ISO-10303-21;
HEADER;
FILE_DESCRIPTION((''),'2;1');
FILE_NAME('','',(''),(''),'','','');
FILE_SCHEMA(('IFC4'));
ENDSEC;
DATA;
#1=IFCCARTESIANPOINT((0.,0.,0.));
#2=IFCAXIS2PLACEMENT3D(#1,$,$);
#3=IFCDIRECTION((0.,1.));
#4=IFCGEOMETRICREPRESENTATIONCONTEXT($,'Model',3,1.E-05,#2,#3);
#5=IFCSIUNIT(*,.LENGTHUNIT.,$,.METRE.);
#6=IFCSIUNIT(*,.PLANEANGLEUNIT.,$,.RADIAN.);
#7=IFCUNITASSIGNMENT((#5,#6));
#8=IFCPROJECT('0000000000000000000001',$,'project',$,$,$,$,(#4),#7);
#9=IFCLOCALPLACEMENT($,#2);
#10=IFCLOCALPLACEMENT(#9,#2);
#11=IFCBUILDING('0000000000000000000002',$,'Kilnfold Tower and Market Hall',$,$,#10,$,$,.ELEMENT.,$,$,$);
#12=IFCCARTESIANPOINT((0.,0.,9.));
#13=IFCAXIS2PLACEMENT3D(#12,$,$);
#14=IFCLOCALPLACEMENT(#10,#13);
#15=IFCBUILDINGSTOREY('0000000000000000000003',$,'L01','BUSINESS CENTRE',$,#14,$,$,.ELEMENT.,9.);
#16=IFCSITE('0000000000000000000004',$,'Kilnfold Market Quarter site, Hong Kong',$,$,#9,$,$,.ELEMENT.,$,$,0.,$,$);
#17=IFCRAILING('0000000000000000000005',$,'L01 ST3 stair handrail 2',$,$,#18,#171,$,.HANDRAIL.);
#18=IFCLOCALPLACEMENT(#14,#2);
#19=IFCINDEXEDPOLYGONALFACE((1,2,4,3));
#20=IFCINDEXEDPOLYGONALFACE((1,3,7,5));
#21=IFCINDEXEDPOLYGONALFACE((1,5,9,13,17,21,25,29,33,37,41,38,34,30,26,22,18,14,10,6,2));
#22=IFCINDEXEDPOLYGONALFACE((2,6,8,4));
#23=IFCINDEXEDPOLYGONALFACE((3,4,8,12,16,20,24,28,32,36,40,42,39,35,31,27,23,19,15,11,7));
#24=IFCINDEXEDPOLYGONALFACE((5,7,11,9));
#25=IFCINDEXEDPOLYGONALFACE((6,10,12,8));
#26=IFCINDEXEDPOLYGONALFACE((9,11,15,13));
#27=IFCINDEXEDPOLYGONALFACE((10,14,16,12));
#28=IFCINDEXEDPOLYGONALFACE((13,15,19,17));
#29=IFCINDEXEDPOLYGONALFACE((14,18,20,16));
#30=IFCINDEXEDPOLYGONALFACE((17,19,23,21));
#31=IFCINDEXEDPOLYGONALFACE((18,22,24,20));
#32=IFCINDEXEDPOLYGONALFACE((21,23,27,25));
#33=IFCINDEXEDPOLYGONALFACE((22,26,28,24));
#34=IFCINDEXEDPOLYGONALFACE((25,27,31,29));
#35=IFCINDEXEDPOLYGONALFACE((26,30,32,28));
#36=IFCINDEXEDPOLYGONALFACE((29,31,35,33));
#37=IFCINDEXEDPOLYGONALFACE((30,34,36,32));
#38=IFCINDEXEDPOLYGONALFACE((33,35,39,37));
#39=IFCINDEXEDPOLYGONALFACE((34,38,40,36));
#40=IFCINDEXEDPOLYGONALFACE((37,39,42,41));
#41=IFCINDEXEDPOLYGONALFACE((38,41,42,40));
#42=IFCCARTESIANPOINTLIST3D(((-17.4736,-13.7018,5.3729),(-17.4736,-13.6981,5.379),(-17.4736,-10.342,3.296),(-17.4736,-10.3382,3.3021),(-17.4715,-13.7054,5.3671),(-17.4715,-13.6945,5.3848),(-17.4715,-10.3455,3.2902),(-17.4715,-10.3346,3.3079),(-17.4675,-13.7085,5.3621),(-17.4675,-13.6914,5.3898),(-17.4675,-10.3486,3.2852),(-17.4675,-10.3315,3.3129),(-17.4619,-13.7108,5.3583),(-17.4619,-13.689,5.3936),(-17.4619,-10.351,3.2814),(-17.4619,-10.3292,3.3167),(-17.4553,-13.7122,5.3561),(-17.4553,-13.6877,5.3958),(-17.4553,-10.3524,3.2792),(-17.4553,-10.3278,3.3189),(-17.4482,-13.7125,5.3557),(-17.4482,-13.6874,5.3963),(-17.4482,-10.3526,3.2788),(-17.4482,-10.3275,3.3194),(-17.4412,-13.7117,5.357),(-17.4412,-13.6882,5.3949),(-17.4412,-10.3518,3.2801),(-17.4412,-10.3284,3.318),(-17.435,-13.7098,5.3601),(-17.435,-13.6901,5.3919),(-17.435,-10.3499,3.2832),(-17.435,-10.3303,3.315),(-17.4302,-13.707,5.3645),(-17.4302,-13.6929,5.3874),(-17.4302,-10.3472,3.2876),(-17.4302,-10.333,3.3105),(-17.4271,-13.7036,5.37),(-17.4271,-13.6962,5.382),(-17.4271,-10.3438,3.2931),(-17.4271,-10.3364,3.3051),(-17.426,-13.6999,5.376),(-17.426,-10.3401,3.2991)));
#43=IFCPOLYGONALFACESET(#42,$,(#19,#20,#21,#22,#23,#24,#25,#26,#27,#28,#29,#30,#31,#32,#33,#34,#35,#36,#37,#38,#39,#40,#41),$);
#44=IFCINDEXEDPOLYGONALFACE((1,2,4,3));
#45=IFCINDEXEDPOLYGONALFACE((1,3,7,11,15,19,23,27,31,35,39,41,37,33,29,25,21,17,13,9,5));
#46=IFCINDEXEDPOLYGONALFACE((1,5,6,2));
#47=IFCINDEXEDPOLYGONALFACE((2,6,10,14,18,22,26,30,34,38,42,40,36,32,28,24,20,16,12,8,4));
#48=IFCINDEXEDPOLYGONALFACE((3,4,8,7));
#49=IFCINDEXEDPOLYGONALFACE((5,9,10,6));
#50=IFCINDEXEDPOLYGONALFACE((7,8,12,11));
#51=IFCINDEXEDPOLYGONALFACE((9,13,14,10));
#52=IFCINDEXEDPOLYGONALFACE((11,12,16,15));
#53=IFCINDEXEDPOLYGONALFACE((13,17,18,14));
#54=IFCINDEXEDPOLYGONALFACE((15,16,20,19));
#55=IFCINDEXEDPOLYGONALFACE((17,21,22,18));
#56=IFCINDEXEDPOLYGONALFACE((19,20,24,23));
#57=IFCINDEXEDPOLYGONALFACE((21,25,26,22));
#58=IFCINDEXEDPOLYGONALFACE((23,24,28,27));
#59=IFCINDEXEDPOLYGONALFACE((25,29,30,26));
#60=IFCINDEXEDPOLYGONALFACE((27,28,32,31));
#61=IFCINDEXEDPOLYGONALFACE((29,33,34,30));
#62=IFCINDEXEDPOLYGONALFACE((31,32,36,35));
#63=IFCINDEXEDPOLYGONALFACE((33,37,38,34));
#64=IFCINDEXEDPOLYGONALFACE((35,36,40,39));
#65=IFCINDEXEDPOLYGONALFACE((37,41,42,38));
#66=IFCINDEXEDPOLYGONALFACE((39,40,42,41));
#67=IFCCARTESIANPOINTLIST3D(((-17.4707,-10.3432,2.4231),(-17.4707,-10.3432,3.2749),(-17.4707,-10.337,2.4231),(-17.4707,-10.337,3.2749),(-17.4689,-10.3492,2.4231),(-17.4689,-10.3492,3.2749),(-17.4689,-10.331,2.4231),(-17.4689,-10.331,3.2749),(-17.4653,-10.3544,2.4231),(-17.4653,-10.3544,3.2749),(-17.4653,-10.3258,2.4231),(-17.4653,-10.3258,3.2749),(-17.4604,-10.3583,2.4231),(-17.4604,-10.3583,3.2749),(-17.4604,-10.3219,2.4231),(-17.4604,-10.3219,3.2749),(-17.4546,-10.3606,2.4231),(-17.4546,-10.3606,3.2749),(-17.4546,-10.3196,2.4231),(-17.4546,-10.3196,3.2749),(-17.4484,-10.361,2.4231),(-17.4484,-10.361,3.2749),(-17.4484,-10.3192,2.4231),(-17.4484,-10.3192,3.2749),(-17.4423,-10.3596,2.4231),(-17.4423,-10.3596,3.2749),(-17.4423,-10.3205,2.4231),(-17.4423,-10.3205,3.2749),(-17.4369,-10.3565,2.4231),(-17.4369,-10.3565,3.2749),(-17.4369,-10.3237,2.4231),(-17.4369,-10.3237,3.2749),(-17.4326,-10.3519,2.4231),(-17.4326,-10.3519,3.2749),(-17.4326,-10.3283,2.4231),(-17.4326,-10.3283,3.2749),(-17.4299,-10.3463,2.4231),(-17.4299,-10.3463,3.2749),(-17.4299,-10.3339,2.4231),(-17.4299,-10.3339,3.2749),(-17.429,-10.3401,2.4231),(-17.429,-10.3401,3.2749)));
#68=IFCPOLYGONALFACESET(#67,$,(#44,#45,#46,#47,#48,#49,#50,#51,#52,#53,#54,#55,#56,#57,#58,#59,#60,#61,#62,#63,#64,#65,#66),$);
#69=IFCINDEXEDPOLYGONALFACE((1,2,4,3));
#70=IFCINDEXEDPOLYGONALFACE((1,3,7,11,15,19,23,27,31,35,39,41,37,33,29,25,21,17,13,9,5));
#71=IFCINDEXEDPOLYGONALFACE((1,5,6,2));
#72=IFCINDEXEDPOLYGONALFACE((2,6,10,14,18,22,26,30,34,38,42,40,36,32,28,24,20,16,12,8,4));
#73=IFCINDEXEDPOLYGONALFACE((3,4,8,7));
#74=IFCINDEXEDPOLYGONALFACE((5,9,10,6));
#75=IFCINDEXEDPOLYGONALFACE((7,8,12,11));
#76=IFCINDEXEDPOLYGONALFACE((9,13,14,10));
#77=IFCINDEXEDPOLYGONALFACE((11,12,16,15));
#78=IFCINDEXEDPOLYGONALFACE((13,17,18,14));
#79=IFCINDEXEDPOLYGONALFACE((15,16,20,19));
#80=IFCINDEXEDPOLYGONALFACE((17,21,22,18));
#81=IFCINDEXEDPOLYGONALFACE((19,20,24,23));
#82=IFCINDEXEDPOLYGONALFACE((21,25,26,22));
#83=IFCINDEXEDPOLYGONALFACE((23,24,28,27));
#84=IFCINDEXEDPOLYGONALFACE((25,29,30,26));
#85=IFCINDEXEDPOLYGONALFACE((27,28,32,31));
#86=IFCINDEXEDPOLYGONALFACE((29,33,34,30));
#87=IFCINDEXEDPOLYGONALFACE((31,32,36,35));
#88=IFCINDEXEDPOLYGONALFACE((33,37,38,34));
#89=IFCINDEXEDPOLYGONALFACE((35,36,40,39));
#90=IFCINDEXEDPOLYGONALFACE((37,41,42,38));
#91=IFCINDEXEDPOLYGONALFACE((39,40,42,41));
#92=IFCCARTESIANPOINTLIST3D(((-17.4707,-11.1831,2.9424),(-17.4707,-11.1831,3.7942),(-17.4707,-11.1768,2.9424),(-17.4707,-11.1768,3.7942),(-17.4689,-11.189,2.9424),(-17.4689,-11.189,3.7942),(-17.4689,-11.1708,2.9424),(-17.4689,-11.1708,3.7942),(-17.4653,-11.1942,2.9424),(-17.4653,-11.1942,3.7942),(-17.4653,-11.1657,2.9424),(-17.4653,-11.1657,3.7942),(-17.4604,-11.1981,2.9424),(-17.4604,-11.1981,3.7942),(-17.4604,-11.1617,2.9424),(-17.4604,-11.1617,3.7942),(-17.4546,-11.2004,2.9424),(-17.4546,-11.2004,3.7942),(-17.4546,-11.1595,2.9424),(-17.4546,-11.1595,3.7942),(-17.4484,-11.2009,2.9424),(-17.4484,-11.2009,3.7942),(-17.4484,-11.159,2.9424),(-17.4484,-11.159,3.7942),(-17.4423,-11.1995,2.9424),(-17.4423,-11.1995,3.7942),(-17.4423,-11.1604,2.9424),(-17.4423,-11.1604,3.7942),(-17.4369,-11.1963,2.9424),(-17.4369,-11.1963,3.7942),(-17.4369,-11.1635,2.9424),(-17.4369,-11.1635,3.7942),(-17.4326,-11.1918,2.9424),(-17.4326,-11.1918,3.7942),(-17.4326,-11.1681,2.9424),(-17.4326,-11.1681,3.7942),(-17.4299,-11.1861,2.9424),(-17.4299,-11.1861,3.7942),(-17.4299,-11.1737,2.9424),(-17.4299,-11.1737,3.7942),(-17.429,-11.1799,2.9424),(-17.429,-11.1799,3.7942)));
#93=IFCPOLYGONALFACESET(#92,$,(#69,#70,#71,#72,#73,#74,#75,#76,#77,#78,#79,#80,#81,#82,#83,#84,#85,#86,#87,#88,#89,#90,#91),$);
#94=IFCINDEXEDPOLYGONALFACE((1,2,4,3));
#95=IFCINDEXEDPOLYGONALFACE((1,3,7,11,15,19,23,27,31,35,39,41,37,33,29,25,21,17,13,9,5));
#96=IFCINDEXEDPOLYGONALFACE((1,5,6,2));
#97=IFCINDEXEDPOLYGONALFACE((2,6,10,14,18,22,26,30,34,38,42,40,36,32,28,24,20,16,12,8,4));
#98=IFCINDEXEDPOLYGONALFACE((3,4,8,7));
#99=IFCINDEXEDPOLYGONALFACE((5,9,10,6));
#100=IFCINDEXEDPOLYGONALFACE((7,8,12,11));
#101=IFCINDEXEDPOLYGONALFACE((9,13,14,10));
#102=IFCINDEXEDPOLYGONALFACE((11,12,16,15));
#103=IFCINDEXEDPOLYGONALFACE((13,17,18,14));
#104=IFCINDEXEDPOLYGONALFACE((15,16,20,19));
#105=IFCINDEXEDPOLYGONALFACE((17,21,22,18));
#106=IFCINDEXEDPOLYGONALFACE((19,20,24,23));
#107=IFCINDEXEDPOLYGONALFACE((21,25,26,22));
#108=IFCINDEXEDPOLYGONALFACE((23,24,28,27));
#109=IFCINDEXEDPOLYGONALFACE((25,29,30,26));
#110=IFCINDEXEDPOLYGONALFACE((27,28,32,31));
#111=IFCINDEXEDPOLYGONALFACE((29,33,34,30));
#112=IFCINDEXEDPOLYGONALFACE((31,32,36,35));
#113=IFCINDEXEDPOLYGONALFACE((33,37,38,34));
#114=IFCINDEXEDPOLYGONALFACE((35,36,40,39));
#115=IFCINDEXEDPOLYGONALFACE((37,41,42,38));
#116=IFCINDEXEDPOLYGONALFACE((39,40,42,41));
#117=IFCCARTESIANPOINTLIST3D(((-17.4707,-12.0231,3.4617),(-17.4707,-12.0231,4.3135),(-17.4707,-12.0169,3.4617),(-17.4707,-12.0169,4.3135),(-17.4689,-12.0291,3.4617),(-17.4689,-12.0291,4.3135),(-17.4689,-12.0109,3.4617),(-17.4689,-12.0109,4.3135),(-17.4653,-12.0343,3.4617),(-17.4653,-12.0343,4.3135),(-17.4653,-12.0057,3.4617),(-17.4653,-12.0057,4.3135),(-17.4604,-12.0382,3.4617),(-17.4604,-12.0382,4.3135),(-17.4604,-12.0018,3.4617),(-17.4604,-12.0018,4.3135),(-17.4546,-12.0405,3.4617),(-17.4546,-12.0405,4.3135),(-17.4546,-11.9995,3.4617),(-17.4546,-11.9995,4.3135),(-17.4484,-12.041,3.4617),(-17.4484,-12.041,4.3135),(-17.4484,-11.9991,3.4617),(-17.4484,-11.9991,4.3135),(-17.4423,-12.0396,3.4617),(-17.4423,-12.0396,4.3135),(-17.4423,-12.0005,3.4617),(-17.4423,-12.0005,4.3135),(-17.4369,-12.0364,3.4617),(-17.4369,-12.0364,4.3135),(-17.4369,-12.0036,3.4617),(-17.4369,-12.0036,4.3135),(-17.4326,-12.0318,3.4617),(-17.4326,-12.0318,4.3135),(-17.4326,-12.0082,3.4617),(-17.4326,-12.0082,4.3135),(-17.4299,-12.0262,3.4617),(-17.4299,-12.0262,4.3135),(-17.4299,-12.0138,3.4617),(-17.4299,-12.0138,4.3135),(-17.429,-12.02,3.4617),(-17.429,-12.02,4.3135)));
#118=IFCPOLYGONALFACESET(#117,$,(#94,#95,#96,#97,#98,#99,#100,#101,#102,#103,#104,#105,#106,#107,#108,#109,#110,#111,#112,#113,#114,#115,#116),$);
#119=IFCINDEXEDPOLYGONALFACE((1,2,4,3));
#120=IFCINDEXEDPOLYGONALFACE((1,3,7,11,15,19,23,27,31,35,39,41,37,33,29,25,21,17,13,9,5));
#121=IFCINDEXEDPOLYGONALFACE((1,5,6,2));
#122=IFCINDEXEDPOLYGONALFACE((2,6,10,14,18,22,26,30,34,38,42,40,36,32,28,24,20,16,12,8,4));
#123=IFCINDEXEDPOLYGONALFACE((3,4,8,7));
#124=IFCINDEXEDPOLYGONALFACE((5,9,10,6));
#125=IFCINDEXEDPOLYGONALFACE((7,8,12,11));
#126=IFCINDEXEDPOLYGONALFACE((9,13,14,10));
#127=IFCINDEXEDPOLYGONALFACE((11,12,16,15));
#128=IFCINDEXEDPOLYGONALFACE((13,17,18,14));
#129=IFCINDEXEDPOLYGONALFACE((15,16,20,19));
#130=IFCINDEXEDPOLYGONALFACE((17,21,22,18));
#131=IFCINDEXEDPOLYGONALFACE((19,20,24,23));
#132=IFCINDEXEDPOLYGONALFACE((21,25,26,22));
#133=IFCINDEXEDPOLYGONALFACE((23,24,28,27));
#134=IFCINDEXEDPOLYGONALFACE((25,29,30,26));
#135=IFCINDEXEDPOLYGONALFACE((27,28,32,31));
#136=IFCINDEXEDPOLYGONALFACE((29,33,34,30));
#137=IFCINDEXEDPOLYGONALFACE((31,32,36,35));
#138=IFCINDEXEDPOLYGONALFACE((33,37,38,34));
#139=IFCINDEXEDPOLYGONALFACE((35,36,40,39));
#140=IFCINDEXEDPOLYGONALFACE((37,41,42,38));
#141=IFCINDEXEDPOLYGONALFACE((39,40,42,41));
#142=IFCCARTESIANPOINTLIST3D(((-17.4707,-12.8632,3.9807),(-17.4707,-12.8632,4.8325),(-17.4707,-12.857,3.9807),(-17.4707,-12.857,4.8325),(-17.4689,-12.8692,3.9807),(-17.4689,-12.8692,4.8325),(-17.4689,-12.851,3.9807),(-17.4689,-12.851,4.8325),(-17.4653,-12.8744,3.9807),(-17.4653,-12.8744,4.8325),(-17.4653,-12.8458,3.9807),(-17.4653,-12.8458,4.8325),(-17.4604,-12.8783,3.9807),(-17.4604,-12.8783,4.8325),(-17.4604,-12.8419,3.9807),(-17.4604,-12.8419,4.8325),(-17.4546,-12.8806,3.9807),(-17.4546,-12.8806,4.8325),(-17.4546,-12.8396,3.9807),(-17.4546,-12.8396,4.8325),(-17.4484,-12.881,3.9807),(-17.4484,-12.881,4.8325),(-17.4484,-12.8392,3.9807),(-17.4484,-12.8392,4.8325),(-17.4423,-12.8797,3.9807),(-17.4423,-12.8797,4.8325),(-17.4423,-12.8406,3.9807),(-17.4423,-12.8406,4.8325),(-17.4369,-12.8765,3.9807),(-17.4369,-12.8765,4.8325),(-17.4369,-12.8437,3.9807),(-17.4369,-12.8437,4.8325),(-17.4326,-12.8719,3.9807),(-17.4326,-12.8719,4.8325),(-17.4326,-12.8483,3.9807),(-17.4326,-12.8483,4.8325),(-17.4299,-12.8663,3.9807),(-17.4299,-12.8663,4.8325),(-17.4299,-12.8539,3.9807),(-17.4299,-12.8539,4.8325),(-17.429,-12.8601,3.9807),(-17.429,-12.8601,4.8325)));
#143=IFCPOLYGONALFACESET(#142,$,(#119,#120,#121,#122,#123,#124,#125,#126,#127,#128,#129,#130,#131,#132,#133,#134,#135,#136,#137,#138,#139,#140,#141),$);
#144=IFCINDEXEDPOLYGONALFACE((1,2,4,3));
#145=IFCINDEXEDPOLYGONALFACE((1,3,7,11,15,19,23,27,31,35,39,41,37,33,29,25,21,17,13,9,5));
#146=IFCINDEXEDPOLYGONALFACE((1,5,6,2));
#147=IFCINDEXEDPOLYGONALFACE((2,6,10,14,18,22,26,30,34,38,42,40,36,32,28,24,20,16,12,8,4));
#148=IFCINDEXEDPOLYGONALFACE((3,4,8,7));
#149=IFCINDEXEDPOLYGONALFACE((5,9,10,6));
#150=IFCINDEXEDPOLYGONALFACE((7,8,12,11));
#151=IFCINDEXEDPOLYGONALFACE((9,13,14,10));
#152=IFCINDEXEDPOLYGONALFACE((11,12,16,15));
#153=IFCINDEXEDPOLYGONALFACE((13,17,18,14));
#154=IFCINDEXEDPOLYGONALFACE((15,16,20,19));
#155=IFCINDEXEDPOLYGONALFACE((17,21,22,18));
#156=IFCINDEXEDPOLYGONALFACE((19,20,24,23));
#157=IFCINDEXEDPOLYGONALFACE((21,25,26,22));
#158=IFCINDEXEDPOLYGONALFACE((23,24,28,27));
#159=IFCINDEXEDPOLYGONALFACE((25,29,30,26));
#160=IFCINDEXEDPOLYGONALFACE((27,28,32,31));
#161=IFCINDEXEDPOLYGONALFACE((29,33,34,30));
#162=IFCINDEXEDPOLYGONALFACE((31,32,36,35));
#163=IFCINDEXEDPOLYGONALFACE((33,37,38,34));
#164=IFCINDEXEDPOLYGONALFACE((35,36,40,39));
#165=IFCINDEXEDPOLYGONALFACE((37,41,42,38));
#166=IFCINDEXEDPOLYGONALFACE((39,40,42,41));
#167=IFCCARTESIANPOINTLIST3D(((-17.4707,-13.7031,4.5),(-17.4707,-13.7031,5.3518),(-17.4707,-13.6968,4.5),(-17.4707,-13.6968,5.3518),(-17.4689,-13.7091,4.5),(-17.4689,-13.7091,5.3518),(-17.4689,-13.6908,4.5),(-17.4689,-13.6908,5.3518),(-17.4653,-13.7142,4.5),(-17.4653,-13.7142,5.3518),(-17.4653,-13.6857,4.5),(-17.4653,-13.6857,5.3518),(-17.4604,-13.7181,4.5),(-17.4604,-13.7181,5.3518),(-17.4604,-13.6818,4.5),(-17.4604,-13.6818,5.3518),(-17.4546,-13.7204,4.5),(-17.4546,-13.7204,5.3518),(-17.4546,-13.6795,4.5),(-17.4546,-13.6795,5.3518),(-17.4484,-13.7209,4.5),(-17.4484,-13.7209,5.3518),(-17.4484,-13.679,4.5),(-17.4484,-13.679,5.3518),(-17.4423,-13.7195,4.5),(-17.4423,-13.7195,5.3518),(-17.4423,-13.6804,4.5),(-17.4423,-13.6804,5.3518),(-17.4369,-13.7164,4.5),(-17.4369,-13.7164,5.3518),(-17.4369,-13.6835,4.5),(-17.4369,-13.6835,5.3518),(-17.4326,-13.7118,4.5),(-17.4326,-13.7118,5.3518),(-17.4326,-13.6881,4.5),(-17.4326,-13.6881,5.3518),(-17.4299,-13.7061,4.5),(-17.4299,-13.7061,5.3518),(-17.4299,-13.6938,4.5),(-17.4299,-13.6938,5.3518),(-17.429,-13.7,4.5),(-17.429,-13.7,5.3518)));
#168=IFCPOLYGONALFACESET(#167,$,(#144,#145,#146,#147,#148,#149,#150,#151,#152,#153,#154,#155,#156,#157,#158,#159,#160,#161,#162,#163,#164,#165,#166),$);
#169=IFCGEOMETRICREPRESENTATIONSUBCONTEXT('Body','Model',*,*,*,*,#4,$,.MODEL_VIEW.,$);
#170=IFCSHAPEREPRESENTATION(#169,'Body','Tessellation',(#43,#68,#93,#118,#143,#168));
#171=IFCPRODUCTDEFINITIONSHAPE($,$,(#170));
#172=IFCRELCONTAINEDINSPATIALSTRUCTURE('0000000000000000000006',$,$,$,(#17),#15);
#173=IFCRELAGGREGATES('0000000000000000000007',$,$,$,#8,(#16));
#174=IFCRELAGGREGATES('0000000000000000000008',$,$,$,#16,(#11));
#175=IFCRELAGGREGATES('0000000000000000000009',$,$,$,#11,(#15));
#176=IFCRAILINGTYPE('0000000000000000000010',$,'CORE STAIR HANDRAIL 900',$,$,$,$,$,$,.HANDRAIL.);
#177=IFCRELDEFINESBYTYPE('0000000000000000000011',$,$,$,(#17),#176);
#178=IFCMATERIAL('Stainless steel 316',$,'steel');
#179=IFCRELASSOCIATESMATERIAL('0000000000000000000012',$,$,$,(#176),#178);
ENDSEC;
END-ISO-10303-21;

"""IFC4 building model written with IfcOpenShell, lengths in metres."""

from ifc_helpers import new_model, si_unit, direction, frame, origin, origin_2d, place, context, subcontext, project, spatial, circle, extrude, material, type_object, element, save


model = new_model("IFC4")

# Units and contexts
model_context = context("Model", 3, precision=1e-05, world=origin(), true_north=direction((0.0, 1.0)))
body_context = subcontext(model_context, "Body", "Model", "MODEL_VIEW")
ifc_project = project(units=[si_unit("LENGTHUNIT", "METRE"), si_unit("PLANEANGLEUNIT", "RADIAN")], contexts=[model_context])

# Site, building, storey
site_placement = place(None, origin())
site = spatial("IfcSite", under=ifc_project, at=site_placement, Name="Kilnfold Market Quarter site, Hong Kong", CompositionType="ELEMENT", RefElevation=0.0)
building_placement = place(site_placement, origin())
building = spatial("IfcBuilding", under=site, at=building_placement, Name="Kilnfold Tower and Market Hall", CompositionType="ELEMENT")
storey_placement = place(building_placement, frame((0.0, 0.0, 9.0)))
storey = spatial("IfcBuildingStorey", under=building, at=storey_placement, Name="L01", Description="BUSINESS CENTRE", CompositionType="ELEMENT", Elevation=9.0)

# Railing
ifc_material_1 = material(Name="Stainless steel 316", Category="steel")
railing_type_1 = type_object("IfcRailingType", Name="CORE STAIR HANDRAIL 900", PredefinedType="HANDRAIL", material=ifc_material_1)
railing_1_placement = place(storey_placement, frame((-17.45, -10.3401, 2.4231)))
element("IfcRailing", 1, at=railing_1_placement, inside=storey, type_object=railing_type_1, Name="L01 ST3 stair handrail 2", PredefinedType="HANDRAIL", context=body_context, shape_type="SweptSolid", body=[
    extrude(circle(Radius=0.0239, at=origin_2d()), frame((0.0, 0.0, 0.876), z_axis=(0.0, -0.850606, 0.525803), x_axis=(1.0, 0.0, 0.0)), (0.0, 0.0, 1.0), 3.95),
    extrude(circle(Radius=0.021, at=origin_2d()), origin(), (0.0, 0.0, 1.0), 0.8518),
    extrude(circle(Radius=0.021, at=origin_2d()), frame((0.0, -0.8398, 0.5193)), (0.0, 0.0, 1.0), 0.8518),
    extrude(circle(Radius=0.021, at=origin_2d()), frame((0.0, -1.6799, 1.0386)), (0.0, 0.0, 1.0), 0.8518),
    extrude(circle(Radius=0.021, at=origin_2d()), frame((0.0, -2.52, 1.5576)), (0.0, 0.0, 1.0), 0.8518),
    extrude(circle(Radius=0.021, at=origin_2d()), frame((0.0, -3.3599, 2.0769)), (0.0, 0.0, 1.0), 0.8518),
])

save(model, "model.ifc")
